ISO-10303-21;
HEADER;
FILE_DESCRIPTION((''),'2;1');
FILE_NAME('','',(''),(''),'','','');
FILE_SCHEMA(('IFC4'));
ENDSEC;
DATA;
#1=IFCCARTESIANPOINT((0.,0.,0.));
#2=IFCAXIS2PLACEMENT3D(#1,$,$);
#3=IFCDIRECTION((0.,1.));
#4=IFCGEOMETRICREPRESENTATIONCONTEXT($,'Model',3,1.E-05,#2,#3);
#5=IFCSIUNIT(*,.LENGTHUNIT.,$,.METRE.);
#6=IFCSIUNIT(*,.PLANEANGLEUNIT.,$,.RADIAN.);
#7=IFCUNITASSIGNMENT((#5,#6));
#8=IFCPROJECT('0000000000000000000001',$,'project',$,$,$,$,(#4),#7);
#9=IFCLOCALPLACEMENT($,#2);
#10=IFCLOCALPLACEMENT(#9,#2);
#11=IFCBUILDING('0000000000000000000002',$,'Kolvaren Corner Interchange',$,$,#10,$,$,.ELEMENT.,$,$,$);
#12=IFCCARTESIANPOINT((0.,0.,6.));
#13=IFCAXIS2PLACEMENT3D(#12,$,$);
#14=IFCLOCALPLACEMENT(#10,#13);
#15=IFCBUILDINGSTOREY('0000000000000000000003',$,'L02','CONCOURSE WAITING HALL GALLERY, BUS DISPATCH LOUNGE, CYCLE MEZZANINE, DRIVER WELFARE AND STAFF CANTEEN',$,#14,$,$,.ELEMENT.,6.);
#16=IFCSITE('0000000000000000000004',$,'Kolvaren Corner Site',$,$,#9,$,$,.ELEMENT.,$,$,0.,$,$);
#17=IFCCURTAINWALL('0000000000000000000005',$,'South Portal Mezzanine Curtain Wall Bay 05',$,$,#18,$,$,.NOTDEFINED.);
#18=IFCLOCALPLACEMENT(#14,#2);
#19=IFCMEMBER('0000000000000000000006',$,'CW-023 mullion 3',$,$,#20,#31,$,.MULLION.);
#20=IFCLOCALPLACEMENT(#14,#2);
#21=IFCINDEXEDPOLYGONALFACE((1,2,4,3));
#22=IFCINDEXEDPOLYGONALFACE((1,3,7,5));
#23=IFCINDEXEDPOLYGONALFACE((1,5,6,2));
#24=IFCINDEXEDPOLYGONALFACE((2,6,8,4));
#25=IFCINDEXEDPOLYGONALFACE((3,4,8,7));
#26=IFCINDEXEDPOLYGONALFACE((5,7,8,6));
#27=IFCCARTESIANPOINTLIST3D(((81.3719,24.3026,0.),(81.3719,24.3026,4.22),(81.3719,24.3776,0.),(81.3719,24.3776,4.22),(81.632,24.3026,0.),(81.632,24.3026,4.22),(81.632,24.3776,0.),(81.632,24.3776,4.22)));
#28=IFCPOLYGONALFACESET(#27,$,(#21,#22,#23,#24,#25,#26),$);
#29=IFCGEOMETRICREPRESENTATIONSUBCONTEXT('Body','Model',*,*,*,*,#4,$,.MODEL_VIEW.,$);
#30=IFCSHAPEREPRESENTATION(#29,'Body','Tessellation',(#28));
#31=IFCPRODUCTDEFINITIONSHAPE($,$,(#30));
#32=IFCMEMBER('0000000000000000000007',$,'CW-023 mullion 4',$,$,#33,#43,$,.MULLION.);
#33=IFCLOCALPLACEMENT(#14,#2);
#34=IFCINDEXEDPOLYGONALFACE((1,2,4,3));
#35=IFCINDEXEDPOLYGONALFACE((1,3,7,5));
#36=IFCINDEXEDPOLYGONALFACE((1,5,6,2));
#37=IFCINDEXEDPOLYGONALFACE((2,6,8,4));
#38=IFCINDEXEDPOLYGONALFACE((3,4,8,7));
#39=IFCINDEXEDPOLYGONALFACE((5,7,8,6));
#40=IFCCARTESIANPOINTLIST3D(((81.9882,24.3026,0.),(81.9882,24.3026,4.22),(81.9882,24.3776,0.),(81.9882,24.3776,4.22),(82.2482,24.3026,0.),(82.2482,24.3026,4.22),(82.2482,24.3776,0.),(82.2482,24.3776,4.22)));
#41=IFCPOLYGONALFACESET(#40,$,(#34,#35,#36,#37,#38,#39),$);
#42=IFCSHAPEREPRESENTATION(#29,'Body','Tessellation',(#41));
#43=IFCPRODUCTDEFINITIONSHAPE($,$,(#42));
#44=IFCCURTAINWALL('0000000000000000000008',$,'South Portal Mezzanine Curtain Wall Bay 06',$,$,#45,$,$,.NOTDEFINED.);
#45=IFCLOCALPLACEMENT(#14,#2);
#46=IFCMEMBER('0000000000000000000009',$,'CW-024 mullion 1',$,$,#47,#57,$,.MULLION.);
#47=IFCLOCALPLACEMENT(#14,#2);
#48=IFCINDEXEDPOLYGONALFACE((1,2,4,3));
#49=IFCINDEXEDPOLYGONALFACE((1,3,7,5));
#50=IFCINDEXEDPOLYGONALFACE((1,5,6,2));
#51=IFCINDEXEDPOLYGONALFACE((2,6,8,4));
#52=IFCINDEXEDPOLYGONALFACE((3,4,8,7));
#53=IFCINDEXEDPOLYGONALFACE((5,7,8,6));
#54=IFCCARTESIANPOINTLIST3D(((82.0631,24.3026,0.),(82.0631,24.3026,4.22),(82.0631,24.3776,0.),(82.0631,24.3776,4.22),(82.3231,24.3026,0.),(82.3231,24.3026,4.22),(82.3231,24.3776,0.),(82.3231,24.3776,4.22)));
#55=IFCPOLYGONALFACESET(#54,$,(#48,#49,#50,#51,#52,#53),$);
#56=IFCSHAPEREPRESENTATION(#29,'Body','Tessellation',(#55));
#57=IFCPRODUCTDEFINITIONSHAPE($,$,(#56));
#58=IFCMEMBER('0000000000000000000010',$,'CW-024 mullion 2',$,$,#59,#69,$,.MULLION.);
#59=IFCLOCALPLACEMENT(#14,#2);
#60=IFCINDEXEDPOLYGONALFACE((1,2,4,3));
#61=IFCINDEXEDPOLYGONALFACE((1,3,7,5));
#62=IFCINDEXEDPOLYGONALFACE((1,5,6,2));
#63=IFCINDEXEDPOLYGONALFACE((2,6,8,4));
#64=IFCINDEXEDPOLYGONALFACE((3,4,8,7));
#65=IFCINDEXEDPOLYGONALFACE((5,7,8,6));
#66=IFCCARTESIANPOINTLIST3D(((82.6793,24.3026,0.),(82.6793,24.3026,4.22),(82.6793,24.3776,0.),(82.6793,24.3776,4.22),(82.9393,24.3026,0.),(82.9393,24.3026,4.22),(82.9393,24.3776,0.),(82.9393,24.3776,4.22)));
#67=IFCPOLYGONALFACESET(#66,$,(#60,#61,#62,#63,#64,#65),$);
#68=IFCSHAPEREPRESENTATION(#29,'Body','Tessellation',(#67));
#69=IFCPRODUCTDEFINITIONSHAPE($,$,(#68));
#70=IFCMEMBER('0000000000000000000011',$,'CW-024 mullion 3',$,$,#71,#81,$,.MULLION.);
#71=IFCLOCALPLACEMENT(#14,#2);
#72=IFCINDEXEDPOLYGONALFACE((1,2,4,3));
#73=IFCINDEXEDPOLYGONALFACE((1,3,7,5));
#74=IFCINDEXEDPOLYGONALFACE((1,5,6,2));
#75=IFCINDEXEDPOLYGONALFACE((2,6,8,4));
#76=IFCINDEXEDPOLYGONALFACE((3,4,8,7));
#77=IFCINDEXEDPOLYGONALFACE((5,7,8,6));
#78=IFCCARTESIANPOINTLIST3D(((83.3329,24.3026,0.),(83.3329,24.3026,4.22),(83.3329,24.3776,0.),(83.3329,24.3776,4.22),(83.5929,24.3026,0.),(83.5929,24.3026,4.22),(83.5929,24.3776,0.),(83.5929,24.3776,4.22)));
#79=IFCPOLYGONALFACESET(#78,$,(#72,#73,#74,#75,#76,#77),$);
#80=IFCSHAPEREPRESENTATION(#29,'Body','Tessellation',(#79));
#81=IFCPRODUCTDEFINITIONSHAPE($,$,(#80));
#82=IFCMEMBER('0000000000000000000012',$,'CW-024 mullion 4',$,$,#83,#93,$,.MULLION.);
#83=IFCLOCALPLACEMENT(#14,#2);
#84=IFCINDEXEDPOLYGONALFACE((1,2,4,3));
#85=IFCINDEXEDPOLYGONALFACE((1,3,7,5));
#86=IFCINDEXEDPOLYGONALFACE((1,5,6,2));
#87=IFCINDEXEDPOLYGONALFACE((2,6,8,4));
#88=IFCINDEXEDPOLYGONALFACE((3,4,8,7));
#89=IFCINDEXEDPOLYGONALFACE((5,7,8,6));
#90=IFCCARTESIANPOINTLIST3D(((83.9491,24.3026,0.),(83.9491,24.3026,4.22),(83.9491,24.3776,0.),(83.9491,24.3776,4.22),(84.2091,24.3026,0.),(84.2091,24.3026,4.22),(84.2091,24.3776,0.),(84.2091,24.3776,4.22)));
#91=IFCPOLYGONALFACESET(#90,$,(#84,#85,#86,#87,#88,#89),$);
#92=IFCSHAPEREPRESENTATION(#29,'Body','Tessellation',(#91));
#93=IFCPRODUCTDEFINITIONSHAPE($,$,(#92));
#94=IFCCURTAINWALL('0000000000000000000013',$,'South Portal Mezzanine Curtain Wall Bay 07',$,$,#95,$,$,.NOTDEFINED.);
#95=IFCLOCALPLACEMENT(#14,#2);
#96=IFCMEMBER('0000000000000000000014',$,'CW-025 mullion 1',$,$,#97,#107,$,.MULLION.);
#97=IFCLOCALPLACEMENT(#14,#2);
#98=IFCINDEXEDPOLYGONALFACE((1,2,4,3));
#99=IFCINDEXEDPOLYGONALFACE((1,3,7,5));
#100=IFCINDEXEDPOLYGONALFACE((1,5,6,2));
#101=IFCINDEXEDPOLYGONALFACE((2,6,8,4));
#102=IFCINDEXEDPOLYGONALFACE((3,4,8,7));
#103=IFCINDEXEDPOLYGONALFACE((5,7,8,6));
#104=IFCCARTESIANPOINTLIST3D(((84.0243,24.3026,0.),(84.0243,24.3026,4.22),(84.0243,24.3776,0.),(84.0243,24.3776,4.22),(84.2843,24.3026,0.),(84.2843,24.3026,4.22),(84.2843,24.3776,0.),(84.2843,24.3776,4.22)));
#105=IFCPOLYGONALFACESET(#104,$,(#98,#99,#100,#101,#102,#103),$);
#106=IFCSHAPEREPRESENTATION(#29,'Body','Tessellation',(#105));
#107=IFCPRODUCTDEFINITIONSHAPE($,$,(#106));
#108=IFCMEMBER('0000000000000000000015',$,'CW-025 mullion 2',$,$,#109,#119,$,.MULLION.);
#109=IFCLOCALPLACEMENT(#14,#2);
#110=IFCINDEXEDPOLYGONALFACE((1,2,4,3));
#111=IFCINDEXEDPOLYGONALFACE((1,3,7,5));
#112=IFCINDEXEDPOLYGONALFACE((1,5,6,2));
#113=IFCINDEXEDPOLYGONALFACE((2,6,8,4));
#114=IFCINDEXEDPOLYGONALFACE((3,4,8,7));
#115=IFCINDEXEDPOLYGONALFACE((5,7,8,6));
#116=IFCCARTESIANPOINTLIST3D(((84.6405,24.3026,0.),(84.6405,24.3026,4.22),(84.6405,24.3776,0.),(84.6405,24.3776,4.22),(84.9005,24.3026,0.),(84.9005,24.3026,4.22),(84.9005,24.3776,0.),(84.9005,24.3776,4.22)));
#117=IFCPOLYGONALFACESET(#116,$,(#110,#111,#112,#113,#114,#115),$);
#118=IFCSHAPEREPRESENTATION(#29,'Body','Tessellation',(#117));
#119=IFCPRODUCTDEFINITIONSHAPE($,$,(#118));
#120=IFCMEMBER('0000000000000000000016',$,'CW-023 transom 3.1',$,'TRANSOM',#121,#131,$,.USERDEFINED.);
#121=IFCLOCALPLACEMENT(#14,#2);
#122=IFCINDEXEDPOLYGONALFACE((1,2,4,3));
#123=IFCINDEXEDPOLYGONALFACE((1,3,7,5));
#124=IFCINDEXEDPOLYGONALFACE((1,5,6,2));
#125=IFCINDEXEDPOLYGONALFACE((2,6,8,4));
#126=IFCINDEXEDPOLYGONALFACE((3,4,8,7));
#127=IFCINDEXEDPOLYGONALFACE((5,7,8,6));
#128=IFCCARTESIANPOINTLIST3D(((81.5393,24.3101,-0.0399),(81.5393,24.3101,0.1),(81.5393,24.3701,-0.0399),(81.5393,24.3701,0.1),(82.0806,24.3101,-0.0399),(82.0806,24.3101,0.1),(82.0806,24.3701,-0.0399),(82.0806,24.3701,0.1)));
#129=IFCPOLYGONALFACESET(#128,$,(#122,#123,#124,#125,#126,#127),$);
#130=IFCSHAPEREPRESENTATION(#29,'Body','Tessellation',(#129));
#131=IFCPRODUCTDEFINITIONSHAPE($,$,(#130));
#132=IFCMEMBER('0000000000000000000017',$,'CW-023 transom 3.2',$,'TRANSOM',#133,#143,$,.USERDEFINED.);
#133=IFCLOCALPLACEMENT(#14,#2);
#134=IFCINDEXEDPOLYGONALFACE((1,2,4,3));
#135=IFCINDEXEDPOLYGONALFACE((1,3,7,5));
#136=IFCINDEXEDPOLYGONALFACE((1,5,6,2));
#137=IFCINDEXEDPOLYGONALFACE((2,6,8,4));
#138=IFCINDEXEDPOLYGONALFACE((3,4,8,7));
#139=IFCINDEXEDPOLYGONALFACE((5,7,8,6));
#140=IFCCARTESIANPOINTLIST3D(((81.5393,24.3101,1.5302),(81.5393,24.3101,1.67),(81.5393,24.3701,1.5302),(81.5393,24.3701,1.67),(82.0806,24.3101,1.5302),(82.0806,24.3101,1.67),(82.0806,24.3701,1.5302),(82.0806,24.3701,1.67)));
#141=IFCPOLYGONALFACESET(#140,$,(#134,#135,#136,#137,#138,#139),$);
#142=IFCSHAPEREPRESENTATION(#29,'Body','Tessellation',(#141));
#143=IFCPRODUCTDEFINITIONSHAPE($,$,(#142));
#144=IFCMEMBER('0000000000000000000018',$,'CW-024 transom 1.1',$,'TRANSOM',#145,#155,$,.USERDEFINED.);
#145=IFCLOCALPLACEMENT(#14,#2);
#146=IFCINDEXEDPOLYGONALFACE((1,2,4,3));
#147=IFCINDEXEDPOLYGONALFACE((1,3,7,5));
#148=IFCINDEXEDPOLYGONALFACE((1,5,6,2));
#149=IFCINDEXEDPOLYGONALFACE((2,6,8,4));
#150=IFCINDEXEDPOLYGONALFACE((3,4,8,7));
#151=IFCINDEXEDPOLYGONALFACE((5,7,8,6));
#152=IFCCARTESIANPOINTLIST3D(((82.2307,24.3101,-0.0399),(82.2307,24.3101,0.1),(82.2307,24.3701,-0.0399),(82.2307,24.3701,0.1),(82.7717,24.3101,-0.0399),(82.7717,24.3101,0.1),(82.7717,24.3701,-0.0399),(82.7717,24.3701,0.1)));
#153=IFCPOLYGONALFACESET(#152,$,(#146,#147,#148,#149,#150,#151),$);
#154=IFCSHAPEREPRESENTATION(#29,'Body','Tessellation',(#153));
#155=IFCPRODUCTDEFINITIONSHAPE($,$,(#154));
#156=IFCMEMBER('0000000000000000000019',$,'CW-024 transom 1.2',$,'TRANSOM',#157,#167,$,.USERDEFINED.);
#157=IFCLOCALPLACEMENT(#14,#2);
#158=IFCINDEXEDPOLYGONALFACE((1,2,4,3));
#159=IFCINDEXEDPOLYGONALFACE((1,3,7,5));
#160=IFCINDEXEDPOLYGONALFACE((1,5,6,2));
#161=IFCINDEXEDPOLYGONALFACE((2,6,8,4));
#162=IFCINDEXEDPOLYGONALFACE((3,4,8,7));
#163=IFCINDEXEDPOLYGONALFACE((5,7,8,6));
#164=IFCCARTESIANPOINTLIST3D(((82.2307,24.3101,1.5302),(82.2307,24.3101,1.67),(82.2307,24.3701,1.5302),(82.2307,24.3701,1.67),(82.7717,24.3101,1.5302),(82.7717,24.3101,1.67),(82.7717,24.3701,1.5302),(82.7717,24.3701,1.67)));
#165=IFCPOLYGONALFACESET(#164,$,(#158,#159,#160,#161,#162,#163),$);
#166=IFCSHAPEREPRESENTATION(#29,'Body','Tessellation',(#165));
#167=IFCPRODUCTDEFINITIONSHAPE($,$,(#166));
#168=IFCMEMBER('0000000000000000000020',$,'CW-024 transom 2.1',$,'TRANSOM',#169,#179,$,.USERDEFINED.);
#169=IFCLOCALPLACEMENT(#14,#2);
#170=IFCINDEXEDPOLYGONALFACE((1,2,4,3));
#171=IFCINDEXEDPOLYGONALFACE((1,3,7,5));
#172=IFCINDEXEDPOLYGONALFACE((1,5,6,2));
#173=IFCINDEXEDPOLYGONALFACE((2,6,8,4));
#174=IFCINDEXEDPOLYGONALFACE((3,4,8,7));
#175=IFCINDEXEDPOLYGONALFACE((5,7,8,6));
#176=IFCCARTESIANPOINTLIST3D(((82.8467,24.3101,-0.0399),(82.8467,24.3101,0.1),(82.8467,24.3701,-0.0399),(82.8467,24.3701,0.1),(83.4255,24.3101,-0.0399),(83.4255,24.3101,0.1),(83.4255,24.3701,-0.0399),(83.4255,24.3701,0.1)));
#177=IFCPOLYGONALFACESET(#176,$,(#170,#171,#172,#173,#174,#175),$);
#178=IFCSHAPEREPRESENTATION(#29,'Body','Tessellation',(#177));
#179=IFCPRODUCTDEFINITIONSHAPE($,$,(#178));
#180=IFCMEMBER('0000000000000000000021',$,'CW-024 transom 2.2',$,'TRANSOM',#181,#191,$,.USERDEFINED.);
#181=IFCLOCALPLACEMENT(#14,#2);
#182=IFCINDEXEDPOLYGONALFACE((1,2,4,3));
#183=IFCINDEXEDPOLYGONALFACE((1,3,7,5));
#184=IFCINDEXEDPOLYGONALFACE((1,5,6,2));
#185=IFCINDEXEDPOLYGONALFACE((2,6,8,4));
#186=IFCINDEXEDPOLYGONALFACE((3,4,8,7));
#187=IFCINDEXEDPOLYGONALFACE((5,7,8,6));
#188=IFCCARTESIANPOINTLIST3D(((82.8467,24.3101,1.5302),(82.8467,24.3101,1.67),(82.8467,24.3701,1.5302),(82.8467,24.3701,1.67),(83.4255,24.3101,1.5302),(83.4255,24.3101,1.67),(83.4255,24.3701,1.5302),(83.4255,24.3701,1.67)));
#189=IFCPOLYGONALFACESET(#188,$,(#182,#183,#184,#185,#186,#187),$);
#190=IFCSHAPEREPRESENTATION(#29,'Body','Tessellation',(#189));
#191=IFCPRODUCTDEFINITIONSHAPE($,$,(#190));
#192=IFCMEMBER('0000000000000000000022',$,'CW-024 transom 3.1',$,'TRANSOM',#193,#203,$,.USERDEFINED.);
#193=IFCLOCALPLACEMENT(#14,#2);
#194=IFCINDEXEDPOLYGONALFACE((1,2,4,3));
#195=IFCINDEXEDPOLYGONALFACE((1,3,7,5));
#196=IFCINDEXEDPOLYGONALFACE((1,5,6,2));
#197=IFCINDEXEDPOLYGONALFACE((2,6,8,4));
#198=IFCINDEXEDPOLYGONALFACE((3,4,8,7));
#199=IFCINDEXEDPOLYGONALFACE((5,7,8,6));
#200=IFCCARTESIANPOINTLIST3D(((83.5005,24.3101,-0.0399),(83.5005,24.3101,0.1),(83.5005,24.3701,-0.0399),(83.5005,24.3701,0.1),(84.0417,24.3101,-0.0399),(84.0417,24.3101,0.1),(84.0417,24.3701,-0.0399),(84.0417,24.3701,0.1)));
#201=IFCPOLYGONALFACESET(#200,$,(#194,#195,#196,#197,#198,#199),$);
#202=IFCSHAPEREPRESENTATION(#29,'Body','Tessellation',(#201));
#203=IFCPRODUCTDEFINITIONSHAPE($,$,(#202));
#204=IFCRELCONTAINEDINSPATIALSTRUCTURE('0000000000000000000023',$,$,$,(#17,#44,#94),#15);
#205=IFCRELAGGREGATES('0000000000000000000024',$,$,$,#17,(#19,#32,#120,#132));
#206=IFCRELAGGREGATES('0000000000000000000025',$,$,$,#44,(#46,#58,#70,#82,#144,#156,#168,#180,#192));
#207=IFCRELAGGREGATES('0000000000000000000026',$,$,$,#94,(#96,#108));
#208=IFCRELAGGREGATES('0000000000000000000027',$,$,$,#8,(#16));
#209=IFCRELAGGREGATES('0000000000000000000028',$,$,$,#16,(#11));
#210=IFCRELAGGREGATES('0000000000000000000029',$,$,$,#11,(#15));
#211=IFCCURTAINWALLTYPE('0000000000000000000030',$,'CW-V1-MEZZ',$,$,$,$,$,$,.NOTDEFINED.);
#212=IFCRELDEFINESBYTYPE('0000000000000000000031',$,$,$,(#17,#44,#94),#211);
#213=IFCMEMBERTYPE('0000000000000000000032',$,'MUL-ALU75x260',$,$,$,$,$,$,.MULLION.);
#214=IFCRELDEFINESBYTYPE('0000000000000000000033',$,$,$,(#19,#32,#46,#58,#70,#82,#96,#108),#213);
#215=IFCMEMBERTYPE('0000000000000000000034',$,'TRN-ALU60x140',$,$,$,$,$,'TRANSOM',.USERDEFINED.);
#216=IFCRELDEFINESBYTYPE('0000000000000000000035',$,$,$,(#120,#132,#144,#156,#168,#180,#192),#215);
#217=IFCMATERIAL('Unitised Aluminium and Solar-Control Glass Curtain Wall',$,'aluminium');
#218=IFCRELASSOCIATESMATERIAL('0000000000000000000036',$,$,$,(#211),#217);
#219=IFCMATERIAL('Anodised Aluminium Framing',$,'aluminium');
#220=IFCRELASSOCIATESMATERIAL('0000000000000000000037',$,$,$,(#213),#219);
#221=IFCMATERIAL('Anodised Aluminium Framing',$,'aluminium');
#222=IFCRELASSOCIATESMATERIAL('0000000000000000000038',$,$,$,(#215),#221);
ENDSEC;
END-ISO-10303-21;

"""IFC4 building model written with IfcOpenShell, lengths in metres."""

from ifc_helpers import new_model, si_unit, direction, frame, origin, origin_2d, place, context, subcontext, project, spatial, rectangle, extrude, material, material_profile, profile_set, type_object, element, aggregate, save


model = new_model("IFC4")

# Units and contexts
model_context = context("Model", 3, precision=1e-05, world=origin(), true_north=direction((0.0, 1.0)))
body_context = subcontext(model_context, "Body", "Model", "MODEL_VIEW")
ifc_project = project(units=[si_unit("LENGTHUNIT", "METRE"), si_unit("PLANEANGLEUNIT", "RADIAN")], contexts=[model_context])

# Site, building, storey
site_placement = place(None, origin())
site = spatial("IfcSite", under=ifc_project, at=site_placement, Name="Kolvaren Corner Site", CompositionType="ELEMENT", RefElevation=0.0)
building_placement = place(site_placement, origin())
building = spatial("IfcBuilding", under=site, at=building_placement, Name="Kolvaren Corner Interchange", CompositionType="ELEMENT")
storey_placement = place(building_placement, frame((0.0, 0.0, 6.0)))
storey = spatial("IfcBuildingStorey", under=building, at=storey_placement, Name="L02", Description="CONCOURSE WAITING HALL GALLERY, BUS DISPATCH LOUNGE, CYCLE MEZZANINE, DRIVER WELFARE AND STAFF CANTEEN", CompositionType="ELEMENT", Elevation=6.0)

# Curtain walls, members
ifc_material_1 = material(Name="Unitised Aluminium and Solar-Control Glass Curtain Wall", Category="aluminium")
curtain_wall_type = type_object("IfcCurtainWallType", Name="CW-V1-MEZZ", PredefinedType="NOTDEFINED", material=ifc_material_1)
curtain_wall_1_placement = place(storey_placement, origin())
curtain_wall_1 = element("IfcCurtainWall", 1, at=curtain_wall_1_placement, inside=storey, type_object=curtain_wall_type, Name="South Portal Mezzanine Curtain Wall Bay 05", PredefinedType="NOTDEFINED")
ifc_material_2 = material(Name="Anodised Aluminium Framing", Category="aluminium")
ifc_material_profile_1 = material_profile(ifc_material_2, rectangle(XDim=0.075, YDim=0.26, at=origin_2d()), Name="ALU 75x260")
ifc_profile_set_1 = profile_set([ifc_material_profile_1], Name="Anodised Aluminium Framing")
member_type_1 = type_object("IfcMemberType", Name="MUL-ALU75x260", PredefinedType="MULLION", material=ifc_profile_set_1)
member_1_placement = place(storey_placement, frame((81.502, 24.3401, 0.0), z_axis=(0.0, 0.0, 1.0), x_axis=(0.0, 1.0, 0.0)))
member_1 = element("IfcMember", 2, at=member_1_placement, type_object=member_type_1, Name="CW-023 mullion 3", PredefinedType="MULLION", context=body_context, shape_type="SweptSolid", body=[
    extrude(rectangle(XDim=0.075, YDim=0.26, at=origin_2d()), origin(), (0.0, 0.0, 1.0), 4.22),
])
member_2_placement = place(storey_placement, frame((82.1182, 24.3401, 0.0), z_axis=(0.0, 0.0, 1.0), x_axis=(0.0, 1.0, 0.0)))
member_2 = element("IfcMember", 3, at=member_2_placement, type_object=member_type_1, Name="CW-023 mullion 4", PredefinedType="MULLION", context=body_context, shape_type="SweptSolid", body=[
    extrude(rectangle(XDim=0.075, YDim=0.26, at=origin_2d()), origin(), (0.0, 0.0, 1.0), 4.22),
])
curtain_wall_2_placement = place(storey_placement, origin())
curtain_wall_2 = element("IfcCurtainWall", 4, at=curtain_wall_2_placement, inside=storey, type_object=curtain_wall_type, Name="South Portal Mezzanine Curtain Wall Bay 06", PredefinedType="NOTDEFINED")
member_3_placement = place(storey_placement, frame((82.1931, 24.3401, 0.0), z_axis=(0.0, 0.0, 1.0), x_axis=(0.0, 1.0, 0.0)))
member_3 = element("IfcMember", 5, at=member_3_placement, type_object=member_type_1, Name="CW-024 mullion 1", PredefinedType="MULLION", context=body_context, shape_type="SweptSolid", body=[
    extrude(rectangle(XDim=0.075, YDim=0.26, at=origin_2d()), origin(), (0.0, 0.0, 1.0), 4.22),
])
member_4_placement = place(storey_placement, frame((82.8093, 24.3401, 0.0), z_axis=(0.0, 0.0, 1.0), x_axis=(0.0, 1.0, 0.0)))
member_4 = element("IfcMember", 6, at=member_4_placement, type_object=member_type_1, Name="CW-024 mullion 2", PredefinedType="MULLION", context=body_context, shape_type="SweptSolid", body=[
    extrude(rectangle(XDim=0.075, YDim=0.26, at=origin_2d()), origin(), (0.0, 0.0, 1.0), 4.22),
])
member_5_placement = place(storey_placement, frame((83.4629, 24.3401, 0.0), z_axis=(0.0, 0.0, 1.0), x_axis=(0.0, 1.0, 0.0)))
member_5 = element("IfcMember", 7, at=member_5_placement, type_object=member_type_1, Name="CW-024 mullion 3", PredefinedType="MULLION", context=body_context, shape_type="SweptSolid", body=[
    extrude(rectangle(XDim=0.075, YDim=0.26, at=origin_2d()), origin(), (0.0, 0.0, 1.0), 4.22),
])
member_6_placement = place(storey_placement, frame((84.0791, 24.3401, 0.0), z_axis=(0.0, 0.0, 1.0), x_axis=(0.0, 1.0, 0.0)))
member_6 = element("IfcMember", 8, at=member_6_placement, type_object=member_type_1, Name="CW-024 mullion 4", PredefinedType="MULLION", context=body_context, shape_type="SweptSolid", body=[
    extrude(rectangle(XDim=0.075, YDim=0.26, at=origin_2d()), origin(), (0.0, 0.0, 1.0), 4.22),
])
curtain_wall_3_placement = place(storey_placement, origin())
curtain_wall_3 = element("IfcCurtainWall", 9, at=curtain_wall_3_placement, inside=storey, type_object=curtain_wall_type, Name="South Portal Mezzanine Curtain Wall Bay 07", PredefinedType="NOTDEFINED")
member_7_placement = place(storey_placement, frame((84.1543, 24.3401, 0.0), z_axis=(0.0, 0.0, 1.0), x_axis=(0.0, 1.0, 0.0)))
member_7 = element("IfcMember", 10, at=member_7_placement, type_object=member_type_1, Name="CW-025 mullion 1", PredefinedType="MULLION", context=body_context, shape_type="SweptSolid", body=[
    extrude(rectangle(XDim=0.075, YDim=0.26, at=origin_2d()), origin(), (0.0, 0.0, 1.0), 4.22),
])
member_8_placement = place(storey_placement, frame((84.7705, 24.3401, 0.0), z_axis=(0.0, 0.0, 1.0), x_axis=(0.0, 1.0, 0.0)))
member_8 = element("IfcMember", 11, at=member_8_placement, type_object=member_type_1, Name="CW-025 mullion 2", PredefinedType="MULLION", context=body_context, shape_type="SweptSolid", body=[
    extrude(rectangle(XDim=0.075, YDim=0.26, at=origin_2d()), origin(), (0.0, 0.0, 1.0), 4.22),
])

# Members
ifc_material_3 = material(Name="Anodised Aluminium Framing", Category="aluminium")
ifc_material_profile_2 = material_profile(ifc_material_3, rectangle(XDim=0.0601, YDim=0.1399, at=origin_2d()), Name="ALU 60x140")
ifc_profile_set_2 = profile_set([ifc_material_profile_2], Name="Anodised Aluminium Framing")
member_type_2 = type_object("IfcMemberType", Name="TRN-ALU60x140", ElementType="TRANSOM", PredefinedType="USERDEFINED", material=ifc_profile_set_2)
member_9_placement = place(storey_placement, frame((81.5393, 24.3401, 0.03), z_axis=(1.0, 0.0, 0.0), x_axis=(0.0, 1.0, 0.0)))
member_9 = element("IfcMember", 12, at=member_9_placement, type_object=member_type_2, Name="CW-023 transom 3.1", ObjectType="TRANSOM", PredefinedType="USERDEFINED", context=body_context, shape_type="SweptSolid", body=[
    extrude(rectangle(XDim=0.0601, YDim=0.1399, at=origin_2d()), origin(), (0.0, 0.0, 1.0), 0.5413),
])
member_10_placement = place(storey_placement, frame((81.5393, 24.3401, 1.6001), z_axis=(1.0, 0.0, 0.0), x_axis=(0.0, 1.0, 0.0)))
member_10 = element("IfcMember", 13, at=member_10_placement, type_object=member_type_2, Name="CW-023 transom 3.2", ObjectType="TRANSOM", PredefinedType="USERDEFINED", context=body_context, shape_type="SweptSolid", body=[
    extrude(rectangle(XDim=0.0601, YDim=0.1399, at=origin_2d()), origin(), (0.0, 0.0, 1.0), 0.5413),
])
member_11_placement = place(storey_placement, frame((82.2307, 24.3401, 0.03), z_axis=(1.0, 0.0, 0.0), x_axis=(0.0, 1.0, 0.0)))
member_11 = element("IfcMember", 14, at=member_11_placement, type_object=member_type_2, Name="CW-024 transom 1.1", ObjectType="TRANSOM", PredefinedType="USERDEFINED", context=body_context, shape_type="SweptSolid", body=[
    extrude(rectangle(XDim=0.0601, YDim=0.1399, at=origin_2d()), origin(), (0.0, 0.0, 1.0), 0.541),
])
member_12_placement = place(storey_placement, frame((82.2307, 24.3401, 1.6001), z_axis=(1.0, 0.0, 0.0), x_axis=(0.0, 1.0, 0.0)))
member_12 = element("IfcMember", 15, at=member_12_placement, type_object=member_type_2, Name="CW-024 transom 1.2", ObjectType="TRANSOM", PredefinedType="USERDEFINED", context=body_context, shape_type="SweptSolid", body=[
    extrude(rectangle(XDim=0.0601, YDim=0.1399, at=origin_2d()), origin(), (0.0, 0.0, 1.0), 0.541),
])
member_13_placement = place(storey_placement, frame((82.8467, 24.3401, 0.03), z_axis=(1.0, 0.0, 0.0), x_axis=(0.0, 1.0, 0.0)))
member_13 = element("IfcMember", 16, at=member_13_placement, type_object=member_type_2, Name="CW-024 transom 2.1", ObjectType="TRANSOM", PredefinedType="USERDEFINED", context=body_context, shape_type="SweptSolid", body=[
    extrude(rectangle(XDim=0.0601, YDim=0.1399, at=origin_2d()), origin(), (0.0, 0.0, 1.0), 0.5789),
])
member_14_placement = place(storey_placement, frame((82.8467, 24.3401, 1.6001), z_axis=(1.0, 0.0, 0.0), x_axis=(0.0, 1.0, 0.0)))
member_14 = element("IfcMember", 17, at=member_14_placement, type_object=member_type_2, Name="CW-024 transom 2.2", ObjectType="TRANSOM", PredefinedType="USERDEFINED", context=body_context, shape_type="SweptSolid", body=[
    extrude(rectangle(XDim=0.0601, YDim=0.1399, at=origin_2d()), origin(), (0.0, 0.0, 1.0), 0.5789),
])
member_15_placement = place(storey_placement, frame((83.5005, 24.3401, 0.03), z_axis=(1.0, 0.0, 0.0), x_axis=(0.0, 1.0, 0.0)))
member_15 = element("IfcMember", 18, at=member_15_placement, type_object=member_type_2, Name="CW-024 transom 3.1", ObjectType="TRANSOM", PredefinedType="USERDEFINED", context=body_context, shape_type="SweptSolid", body=[
    extrude(rectangle(XDim=0.0601, YDim=0.1399, at=origin_2d()), origin(), (0.0, 0.0, 1.0), 0.5413),
])

aggregate(curtain_wall_1, [member_1, member_2, member_9, member_10])
aggregate(curtain_wall_2, [member_3, member_4, member_5, member_6, member_11, member_12, member_13, member_14, member_15])
aggregate(curtain_wall_3, [member_7, member_8])

save(model, "model.ifc")
